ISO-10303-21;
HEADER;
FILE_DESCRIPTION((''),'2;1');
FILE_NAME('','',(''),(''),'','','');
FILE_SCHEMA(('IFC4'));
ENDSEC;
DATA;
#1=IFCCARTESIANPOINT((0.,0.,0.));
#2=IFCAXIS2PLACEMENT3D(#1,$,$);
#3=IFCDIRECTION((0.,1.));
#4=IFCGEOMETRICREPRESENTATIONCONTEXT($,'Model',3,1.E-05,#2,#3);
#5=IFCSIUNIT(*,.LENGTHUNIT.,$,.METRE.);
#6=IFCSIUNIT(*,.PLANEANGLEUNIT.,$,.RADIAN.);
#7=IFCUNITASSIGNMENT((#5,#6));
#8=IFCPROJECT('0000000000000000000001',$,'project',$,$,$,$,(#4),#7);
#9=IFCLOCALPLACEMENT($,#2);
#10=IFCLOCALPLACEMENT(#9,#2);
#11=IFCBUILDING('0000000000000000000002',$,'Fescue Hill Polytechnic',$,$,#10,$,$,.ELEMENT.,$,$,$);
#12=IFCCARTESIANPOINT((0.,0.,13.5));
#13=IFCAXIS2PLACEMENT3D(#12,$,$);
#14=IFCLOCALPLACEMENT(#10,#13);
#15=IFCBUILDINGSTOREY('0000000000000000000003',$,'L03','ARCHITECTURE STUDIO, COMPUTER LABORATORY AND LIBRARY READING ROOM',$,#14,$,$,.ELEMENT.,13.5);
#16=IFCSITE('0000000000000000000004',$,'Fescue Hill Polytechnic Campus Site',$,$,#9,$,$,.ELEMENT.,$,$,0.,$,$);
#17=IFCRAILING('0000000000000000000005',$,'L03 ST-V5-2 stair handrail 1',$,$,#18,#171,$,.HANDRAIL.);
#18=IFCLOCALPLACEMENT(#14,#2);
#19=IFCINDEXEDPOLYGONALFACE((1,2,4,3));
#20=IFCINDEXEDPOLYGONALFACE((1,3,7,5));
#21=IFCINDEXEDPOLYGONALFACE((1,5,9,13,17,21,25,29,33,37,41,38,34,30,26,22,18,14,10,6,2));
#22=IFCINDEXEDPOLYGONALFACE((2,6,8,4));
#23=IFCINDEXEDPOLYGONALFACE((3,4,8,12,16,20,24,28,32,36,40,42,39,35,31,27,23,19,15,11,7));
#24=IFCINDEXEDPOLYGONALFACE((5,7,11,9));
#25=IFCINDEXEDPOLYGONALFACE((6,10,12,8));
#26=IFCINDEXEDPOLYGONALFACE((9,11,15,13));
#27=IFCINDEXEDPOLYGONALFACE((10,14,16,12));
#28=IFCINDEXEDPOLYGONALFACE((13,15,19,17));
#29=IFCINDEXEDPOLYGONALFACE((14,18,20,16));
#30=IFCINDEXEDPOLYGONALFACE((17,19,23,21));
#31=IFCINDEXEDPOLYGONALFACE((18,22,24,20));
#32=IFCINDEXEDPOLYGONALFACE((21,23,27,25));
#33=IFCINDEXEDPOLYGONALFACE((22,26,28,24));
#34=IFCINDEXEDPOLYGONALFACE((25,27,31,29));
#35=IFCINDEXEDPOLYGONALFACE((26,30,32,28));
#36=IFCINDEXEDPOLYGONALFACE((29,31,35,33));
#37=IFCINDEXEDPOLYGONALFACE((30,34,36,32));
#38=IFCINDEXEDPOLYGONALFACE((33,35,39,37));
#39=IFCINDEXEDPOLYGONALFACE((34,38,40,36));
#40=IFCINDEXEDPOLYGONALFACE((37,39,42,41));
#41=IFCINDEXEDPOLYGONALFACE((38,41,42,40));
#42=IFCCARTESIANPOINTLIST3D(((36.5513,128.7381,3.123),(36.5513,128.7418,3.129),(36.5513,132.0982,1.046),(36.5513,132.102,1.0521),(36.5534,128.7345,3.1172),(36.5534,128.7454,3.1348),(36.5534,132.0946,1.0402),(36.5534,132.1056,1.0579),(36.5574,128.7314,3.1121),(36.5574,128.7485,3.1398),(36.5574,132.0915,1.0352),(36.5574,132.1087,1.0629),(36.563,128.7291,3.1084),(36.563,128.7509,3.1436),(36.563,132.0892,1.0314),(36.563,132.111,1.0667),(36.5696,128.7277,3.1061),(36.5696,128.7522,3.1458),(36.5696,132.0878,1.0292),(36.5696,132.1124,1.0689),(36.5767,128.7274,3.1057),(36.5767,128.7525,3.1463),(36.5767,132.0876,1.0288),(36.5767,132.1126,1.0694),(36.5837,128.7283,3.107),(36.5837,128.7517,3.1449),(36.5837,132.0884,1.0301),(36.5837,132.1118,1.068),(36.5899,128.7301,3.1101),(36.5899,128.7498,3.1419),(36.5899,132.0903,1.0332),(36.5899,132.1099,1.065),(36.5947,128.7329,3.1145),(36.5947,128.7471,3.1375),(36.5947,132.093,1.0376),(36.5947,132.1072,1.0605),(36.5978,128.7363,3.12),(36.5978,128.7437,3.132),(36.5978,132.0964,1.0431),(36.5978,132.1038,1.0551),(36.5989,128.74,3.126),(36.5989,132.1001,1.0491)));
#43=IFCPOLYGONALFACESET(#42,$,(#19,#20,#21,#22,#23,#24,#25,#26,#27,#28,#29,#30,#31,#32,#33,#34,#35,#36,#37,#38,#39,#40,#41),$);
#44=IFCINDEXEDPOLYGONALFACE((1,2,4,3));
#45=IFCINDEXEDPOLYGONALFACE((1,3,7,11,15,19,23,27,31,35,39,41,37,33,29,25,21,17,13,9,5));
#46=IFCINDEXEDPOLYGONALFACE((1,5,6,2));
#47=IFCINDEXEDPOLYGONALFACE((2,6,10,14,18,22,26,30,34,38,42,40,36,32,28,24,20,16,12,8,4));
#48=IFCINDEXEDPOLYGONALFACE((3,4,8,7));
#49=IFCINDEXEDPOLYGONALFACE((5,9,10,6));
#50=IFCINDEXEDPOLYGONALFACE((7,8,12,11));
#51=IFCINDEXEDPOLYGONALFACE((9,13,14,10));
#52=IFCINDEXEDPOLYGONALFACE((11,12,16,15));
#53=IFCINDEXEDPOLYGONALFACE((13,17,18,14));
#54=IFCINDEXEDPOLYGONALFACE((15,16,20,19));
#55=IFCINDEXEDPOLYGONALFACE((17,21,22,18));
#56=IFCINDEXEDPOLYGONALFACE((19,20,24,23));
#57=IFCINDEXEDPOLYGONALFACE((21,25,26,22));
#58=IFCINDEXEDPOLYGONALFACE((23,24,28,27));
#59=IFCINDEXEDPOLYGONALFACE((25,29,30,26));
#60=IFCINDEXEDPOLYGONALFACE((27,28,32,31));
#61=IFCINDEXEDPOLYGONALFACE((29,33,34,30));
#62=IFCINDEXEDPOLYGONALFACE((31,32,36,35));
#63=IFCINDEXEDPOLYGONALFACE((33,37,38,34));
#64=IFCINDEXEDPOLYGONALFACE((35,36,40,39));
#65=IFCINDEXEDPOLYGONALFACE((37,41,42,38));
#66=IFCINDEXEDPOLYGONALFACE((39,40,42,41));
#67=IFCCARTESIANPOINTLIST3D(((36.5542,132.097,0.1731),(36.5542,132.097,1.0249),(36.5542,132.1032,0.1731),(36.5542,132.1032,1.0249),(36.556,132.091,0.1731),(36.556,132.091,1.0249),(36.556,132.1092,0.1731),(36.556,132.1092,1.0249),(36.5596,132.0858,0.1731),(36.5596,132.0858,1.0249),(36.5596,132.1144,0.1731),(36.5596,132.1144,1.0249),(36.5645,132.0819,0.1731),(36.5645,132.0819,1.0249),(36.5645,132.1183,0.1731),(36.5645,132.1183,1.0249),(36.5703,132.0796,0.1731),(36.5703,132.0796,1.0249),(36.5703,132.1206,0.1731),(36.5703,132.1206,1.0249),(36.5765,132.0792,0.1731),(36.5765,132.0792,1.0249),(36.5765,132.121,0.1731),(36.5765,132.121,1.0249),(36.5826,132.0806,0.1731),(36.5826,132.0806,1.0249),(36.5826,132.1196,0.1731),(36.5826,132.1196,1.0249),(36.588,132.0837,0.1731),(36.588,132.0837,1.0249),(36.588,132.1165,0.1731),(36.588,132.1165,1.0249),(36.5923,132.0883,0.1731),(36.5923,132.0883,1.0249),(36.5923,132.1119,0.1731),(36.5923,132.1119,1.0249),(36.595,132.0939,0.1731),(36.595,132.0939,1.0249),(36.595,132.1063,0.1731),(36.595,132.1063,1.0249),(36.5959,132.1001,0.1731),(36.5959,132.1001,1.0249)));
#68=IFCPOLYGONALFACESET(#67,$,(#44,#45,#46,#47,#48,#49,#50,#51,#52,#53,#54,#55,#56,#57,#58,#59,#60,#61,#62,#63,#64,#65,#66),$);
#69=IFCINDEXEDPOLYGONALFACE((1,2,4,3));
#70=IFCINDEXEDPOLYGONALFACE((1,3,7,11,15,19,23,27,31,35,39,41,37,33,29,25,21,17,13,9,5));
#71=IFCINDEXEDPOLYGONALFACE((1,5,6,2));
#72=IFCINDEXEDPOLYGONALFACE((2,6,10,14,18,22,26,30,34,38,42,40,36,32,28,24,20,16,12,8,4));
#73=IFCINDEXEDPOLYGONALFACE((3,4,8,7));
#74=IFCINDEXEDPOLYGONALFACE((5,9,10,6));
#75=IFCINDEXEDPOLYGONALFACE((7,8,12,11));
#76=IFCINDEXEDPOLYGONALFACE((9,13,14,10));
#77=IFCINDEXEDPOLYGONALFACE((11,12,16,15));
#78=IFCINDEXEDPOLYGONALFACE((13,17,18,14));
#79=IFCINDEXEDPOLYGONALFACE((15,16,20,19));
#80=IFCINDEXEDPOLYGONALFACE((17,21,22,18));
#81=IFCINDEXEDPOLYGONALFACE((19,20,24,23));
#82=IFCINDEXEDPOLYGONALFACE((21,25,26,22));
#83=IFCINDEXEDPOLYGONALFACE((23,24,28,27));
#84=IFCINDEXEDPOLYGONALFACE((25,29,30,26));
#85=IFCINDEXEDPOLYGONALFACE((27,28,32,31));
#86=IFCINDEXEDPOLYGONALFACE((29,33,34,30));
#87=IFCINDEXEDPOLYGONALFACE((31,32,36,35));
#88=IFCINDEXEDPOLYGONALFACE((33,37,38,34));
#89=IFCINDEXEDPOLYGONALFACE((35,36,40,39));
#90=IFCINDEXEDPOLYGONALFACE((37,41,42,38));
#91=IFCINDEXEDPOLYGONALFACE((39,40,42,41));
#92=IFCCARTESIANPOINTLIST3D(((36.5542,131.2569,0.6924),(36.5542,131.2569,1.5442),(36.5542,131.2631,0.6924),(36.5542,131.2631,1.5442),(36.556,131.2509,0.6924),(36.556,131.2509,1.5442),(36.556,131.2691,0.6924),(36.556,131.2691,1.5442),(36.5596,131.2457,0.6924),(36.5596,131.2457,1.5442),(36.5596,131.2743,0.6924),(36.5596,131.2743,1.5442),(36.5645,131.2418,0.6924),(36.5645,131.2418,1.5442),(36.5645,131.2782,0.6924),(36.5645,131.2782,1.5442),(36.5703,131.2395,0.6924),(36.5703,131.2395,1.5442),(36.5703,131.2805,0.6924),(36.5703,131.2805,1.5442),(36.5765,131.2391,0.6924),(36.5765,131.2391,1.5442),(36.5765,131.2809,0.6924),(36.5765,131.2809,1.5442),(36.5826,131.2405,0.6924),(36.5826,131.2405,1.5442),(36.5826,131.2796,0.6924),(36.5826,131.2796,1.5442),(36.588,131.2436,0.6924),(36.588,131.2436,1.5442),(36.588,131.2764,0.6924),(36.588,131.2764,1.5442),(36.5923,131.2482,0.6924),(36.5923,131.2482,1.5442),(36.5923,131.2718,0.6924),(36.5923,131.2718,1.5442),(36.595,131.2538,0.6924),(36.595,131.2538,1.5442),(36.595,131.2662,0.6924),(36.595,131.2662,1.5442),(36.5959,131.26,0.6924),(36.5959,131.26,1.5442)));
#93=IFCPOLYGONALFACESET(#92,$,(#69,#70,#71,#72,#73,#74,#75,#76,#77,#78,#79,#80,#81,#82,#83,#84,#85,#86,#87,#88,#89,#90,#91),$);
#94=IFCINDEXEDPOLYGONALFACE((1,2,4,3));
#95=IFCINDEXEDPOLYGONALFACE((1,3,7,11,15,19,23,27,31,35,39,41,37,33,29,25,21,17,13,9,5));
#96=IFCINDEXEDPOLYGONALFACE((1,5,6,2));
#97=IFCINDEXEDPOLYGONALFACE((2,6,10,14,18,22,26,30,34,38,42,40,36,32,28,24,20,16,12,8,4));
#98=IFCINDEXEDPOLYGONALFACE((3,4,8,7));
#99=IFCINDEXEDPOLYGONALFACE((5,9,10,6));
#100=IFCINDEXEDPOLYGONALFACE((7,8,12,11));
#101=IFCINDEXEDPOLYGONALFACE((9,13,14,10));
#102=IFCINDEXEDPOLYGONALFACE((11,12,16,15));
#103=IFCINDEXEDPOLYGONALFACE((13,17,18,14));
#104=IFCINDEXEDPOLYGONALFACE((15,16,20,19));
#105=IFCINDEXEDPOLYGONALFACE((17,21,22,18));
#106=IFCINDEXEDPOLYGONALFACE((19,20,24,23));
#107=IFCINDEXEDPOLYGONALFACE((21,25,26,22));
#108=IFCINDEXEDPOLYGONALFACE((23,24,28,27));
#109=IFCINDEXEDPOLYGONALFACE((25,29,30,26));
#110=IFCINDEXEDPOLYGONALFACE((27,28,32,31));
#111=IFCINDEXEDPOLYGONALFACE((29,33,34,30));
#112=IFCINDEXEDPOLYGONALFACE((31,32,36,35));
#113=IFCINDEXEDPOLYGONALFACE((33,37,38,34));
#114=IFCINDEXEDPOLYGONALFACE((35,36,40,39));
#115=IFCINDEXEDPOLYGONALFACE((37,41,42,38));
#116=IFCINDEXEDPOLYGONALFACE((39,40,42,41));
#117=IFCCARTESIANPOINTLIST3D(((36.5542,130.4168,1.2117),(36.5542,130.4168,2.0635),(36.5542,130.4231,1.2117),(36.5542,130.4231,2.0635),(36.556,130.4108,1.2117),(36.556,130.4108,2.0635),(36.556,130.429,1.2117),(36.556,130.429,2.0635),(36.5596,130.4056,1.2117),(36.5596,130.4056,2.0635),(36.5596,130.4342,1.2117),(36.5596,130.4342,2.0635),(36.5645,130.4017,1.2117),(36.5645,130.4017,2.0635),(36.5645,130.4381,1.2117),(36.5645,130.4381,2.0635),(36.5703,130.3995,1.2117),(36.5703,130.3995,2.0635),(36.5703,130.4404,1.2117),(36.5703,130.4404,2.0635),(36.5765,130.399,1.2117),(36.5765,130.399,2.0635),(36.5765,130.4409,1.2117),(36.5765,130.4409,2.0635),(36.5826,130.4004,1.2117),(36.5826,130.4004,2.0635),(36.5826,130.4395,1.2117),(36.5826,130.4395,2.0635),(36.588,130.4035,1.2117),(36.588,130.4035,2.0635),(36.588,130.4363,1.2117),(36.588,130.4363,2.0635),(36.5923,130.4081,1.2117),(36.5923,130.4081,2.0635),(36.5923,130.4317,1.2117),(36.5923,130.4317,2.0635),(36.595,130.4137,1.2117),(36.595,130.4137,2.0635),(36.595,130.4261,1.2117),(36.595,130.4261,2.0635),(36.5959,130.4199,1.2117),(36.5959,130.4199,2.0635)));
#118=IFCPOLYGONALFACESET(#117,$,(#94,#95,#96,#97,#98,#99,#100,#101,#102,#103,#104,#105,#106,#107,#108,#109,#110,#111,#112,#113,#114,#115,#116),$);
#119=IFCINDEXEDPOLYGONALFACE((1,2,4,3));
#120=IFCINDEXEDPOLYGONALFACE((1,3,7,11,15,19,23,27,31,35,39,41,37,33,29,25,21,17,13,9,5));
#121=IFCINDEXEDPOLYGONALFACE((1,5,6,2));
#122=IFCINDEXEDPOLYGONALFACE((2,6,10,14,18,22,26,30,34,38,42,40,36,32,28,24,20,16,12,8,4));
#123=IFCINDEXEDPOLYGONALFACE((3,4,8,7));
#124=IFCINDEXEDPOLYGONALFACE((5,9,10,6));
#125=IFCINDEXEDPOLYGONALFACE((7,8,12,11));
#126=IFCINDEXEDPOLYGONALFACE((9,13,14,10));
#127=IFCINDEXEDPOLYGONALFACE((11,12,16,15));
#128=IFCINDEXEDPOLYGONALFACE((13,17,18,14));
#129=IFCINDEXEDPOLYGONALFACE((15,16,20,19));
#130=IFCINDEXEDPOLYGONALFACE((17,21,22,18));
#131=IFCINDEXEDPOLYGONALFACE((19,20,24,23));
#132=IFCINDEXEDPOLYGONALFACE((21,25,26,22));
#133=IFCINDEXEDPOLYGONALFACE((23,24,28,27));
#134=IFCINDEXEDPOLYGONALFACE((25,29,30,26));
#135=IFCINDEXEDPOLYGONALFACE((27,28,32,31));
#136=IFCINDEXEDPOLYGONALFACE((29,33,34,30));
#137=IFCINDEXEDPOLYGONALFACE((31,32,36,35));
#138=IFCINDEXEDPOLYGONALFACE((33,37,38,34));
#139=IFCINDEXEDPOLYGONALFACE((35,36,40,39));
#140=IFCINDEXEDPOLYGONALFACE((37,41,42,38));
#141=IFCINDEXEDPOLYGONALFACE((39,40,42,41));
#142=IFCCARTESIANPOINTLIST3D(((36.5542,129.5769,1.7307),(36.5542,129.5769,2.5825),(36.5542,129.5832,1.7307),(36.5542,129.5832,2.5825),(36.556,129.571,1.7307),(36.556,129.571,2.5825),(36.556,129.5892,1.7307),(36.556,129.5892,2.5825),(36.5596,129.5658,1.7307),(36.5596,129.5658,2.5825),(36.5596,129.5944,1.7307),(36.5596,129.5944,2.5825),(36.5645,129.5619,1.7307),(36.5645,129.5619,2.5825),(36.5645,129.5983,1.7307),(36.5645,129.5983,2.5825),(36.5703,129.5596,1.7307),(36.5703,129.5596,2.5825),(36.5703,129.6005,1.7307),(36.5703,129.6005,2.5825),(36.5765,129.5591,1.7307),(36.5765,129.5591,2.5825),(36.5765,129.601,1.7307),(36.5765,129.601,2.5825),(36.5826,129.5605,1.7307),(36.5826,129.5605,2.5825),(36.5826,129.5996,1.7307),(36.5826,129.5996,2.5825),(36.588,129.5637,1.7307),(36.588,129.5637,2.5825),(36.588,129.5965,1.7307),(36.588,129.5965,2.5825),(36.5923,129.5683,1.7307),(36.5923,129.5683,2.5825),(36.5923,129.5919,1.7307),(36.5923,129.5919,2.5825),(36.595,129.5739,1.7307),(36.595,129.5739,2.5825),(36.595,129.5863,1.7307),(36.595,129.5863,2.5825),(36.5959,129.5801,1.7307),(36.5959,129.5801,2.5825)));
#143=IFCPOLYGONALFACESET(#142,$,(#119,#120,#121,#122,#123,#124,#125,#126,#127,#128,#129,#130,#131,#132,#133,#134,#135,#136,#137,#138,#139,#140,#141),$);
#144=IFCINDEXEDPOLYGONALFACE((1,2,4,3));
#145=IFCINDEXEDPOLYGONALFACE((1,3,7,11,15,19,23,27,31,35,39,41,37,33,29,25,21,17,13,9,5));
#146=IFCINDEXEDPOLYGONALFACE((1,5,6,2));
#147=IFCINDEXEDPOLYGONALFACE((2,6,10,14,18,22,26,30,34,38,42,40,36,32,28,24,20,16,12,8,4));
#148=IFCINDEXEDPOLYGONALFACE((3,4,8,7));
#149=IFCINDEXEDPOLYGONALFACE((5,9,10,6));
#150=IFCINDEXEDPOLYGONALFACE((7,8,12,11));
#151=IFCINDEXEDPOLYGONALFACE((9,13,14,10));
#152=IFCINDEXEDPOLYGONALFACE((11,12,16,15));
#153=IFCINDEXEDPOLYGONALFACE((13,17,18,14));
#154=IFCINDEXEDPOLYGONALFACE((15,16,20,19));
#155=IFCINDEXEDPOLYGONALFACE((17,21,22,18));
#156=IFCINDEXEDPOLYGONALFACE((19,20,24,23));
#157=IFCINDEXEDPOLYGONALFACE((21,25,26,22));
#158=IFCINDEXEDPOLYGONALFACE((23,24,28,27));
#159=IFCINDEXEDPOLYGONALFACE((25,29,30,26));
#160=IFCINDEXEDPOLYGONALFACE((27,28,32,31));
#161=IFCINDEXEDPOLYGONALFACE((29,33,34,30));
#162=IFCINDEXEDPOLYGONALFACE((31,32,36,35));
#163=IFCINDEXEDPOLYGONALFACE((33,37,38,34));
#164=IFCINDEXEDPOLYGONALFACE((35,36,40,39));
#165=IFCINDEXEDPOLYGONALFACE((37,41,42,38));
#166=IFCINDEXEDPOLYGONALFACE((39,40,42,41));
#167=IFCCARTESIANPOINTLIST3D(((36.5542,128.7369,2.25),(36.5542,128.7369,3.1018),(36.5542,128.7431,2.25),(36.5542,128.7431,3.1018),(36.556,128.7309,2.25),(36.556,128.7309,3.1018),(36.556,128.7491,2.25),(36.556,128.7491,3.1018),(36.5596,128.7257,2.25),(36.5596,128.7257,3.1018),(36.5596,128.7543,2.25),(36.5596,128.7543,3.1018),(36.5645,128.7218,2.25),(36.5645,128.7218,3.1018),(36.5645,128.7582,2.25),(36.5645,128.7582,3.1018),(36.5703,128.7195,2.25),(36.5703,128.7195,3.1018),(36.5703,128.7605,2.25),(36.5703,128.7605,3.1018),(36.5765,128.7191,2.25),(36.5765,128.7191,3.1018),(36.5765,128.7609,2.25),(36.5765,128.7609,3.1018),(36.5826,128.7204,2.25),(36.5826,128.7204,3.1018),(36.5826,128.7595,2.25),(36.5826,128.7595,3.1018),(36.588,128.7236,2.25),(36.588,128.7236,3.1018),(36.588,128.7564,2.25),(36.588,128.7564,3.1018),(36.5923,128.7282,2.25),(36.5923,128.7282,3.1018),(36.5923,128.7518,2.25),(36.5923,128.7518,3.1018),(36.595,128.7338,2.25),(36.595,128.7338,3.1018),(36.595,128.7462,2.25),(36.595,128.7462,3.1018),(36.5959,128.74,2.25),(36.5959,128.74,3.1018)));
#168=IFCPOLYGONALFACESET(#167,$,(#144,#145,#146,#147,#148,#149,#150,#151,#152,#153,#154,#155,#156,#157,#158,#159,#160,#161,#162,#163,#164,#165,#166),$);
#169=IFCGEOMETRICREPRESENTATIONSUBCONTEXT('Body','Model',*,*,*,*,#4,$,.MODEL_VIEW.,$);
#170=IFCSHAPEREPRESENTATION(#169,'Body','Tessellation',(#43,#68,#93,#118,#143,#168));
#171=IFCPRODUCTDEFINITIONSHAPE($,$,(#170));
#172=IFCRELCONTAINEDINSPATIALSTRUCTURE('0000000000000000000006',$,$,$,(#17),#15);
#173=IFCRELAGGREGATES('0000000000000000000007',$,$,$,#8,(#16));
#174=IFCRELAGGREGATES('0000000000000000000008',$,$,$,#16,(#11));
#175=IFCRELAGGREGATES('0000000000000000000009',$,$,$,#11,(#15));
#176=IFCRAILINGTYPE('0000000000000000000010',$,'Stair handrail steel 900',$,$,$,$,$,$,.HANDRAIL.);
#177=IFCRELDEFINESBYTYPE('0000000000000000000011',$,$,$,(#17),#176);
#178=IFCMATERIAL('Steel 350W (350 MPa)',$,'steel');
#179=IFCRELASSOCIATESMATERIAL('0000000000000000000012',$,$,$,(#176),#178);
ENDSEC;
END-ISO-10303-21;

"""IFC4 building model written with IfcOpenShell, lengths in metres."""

from ifc_helpers import new_model, si_unit, direction, frame, origin, origin_2d, place, context, subcontext, project, spatial, circle, extrude, material, type_object, element, save


model = new_model("IFC4")

# Units and contexts
model_context = context("Model", 3, precision=1e-05, world=origin(), true_north=direction((0.0, 1.0)))
body_context = subcontext(model_context, "Body", "Model", "MODEL_VIEW")
ifc_project = project(units=[si_unit("LENGTHUNIT", "METRE"), si_unit("PLANEANGLEUNIT", "RADIAN")], contexts=[model_context])

# Site, building, storey
site_placement = place(None, origin())
site = spatial("IfcSite", under=ifc_project, at=site_placement, Name="Fescue Hill Polytechnic Campus Site", CompositionType="ELEMENT", RefElevation=0.0)
building_placement = place(site_placement, origin())
building = spatial("IfcBuilding", under=site, at=building_placement, Name="Fescue Hill Polytechnic", CompositionType="ELEMENT")
storey_placement = place(building_placement, frame((0.0, 0.0, 13.5)))
storey = spatial("IfcBuildingStorey", under=building, at=storey_placement, Name="L03", Description="ARCHITECTURE STUDIO, COMPUTER LABORATORY AND LIBRARY READING ROOM", CompositionType="ELEMENT", Elevation=13.5)

# Railing
ifc_material_1 = material(Name="Steel 350W (350 MPa)", Category="steel")
railing_type_1 = type_object("IfcRailingType", Name="Stair handrail steel 900", PredefinedType="HANDRAIL", material=ifc_material_1)
railing_1_placement = place(storey_placement, frame((36.575, 132.1001, 0.1731)))
element("IfcRailing", 1, at=railing_1_placement, inside=storey, type_object=railing_type_1, Name="L03 ST-V5-2 stair handrail 1", PredefinedType="HANDRAIL", context=body_context, shape_type="SweptSolid", body=[
    extrude(circle(Radius=0.0239, at=origin_2d()), frame((0.0, 0.0, 0.876), z_axis=(0.0, -0.850623, 0.525776), x_axis=(1.0, 0.0, 0.0)), (0.0, 0.0, 1.0), 3.9502),
    extrude(circle(Radius=0.021, at=origin_2d()), origin(), (0.0, 0.0, 1.0), 0.8518),
    extrude(circle(Radius=0.021, at=origin_2d()), frame((0.0, -0.8401, 0.5193)), (0.0, 0.0, 1.0), 0.8518),
    extrude(circle(Radius=0.021, at=origin_2d()), frame((0.0, -1.6802, 1.0386)), (0.0, 0.0, 1.0), 0.8518),
    extrude(circle(Radius=0.021, at=origin_2d()), frame((0.0, -2.52, 1.5576)), (0.0, 0.0, 1.0), 0.8518),
    extrude(circle(Radius=0.021, at=origin_2d()), frame((0.0, -3.3601, 2.0769)), (0.0, 0.0, 1.0), 0.8518),
])

save(model, "model.ifc")
